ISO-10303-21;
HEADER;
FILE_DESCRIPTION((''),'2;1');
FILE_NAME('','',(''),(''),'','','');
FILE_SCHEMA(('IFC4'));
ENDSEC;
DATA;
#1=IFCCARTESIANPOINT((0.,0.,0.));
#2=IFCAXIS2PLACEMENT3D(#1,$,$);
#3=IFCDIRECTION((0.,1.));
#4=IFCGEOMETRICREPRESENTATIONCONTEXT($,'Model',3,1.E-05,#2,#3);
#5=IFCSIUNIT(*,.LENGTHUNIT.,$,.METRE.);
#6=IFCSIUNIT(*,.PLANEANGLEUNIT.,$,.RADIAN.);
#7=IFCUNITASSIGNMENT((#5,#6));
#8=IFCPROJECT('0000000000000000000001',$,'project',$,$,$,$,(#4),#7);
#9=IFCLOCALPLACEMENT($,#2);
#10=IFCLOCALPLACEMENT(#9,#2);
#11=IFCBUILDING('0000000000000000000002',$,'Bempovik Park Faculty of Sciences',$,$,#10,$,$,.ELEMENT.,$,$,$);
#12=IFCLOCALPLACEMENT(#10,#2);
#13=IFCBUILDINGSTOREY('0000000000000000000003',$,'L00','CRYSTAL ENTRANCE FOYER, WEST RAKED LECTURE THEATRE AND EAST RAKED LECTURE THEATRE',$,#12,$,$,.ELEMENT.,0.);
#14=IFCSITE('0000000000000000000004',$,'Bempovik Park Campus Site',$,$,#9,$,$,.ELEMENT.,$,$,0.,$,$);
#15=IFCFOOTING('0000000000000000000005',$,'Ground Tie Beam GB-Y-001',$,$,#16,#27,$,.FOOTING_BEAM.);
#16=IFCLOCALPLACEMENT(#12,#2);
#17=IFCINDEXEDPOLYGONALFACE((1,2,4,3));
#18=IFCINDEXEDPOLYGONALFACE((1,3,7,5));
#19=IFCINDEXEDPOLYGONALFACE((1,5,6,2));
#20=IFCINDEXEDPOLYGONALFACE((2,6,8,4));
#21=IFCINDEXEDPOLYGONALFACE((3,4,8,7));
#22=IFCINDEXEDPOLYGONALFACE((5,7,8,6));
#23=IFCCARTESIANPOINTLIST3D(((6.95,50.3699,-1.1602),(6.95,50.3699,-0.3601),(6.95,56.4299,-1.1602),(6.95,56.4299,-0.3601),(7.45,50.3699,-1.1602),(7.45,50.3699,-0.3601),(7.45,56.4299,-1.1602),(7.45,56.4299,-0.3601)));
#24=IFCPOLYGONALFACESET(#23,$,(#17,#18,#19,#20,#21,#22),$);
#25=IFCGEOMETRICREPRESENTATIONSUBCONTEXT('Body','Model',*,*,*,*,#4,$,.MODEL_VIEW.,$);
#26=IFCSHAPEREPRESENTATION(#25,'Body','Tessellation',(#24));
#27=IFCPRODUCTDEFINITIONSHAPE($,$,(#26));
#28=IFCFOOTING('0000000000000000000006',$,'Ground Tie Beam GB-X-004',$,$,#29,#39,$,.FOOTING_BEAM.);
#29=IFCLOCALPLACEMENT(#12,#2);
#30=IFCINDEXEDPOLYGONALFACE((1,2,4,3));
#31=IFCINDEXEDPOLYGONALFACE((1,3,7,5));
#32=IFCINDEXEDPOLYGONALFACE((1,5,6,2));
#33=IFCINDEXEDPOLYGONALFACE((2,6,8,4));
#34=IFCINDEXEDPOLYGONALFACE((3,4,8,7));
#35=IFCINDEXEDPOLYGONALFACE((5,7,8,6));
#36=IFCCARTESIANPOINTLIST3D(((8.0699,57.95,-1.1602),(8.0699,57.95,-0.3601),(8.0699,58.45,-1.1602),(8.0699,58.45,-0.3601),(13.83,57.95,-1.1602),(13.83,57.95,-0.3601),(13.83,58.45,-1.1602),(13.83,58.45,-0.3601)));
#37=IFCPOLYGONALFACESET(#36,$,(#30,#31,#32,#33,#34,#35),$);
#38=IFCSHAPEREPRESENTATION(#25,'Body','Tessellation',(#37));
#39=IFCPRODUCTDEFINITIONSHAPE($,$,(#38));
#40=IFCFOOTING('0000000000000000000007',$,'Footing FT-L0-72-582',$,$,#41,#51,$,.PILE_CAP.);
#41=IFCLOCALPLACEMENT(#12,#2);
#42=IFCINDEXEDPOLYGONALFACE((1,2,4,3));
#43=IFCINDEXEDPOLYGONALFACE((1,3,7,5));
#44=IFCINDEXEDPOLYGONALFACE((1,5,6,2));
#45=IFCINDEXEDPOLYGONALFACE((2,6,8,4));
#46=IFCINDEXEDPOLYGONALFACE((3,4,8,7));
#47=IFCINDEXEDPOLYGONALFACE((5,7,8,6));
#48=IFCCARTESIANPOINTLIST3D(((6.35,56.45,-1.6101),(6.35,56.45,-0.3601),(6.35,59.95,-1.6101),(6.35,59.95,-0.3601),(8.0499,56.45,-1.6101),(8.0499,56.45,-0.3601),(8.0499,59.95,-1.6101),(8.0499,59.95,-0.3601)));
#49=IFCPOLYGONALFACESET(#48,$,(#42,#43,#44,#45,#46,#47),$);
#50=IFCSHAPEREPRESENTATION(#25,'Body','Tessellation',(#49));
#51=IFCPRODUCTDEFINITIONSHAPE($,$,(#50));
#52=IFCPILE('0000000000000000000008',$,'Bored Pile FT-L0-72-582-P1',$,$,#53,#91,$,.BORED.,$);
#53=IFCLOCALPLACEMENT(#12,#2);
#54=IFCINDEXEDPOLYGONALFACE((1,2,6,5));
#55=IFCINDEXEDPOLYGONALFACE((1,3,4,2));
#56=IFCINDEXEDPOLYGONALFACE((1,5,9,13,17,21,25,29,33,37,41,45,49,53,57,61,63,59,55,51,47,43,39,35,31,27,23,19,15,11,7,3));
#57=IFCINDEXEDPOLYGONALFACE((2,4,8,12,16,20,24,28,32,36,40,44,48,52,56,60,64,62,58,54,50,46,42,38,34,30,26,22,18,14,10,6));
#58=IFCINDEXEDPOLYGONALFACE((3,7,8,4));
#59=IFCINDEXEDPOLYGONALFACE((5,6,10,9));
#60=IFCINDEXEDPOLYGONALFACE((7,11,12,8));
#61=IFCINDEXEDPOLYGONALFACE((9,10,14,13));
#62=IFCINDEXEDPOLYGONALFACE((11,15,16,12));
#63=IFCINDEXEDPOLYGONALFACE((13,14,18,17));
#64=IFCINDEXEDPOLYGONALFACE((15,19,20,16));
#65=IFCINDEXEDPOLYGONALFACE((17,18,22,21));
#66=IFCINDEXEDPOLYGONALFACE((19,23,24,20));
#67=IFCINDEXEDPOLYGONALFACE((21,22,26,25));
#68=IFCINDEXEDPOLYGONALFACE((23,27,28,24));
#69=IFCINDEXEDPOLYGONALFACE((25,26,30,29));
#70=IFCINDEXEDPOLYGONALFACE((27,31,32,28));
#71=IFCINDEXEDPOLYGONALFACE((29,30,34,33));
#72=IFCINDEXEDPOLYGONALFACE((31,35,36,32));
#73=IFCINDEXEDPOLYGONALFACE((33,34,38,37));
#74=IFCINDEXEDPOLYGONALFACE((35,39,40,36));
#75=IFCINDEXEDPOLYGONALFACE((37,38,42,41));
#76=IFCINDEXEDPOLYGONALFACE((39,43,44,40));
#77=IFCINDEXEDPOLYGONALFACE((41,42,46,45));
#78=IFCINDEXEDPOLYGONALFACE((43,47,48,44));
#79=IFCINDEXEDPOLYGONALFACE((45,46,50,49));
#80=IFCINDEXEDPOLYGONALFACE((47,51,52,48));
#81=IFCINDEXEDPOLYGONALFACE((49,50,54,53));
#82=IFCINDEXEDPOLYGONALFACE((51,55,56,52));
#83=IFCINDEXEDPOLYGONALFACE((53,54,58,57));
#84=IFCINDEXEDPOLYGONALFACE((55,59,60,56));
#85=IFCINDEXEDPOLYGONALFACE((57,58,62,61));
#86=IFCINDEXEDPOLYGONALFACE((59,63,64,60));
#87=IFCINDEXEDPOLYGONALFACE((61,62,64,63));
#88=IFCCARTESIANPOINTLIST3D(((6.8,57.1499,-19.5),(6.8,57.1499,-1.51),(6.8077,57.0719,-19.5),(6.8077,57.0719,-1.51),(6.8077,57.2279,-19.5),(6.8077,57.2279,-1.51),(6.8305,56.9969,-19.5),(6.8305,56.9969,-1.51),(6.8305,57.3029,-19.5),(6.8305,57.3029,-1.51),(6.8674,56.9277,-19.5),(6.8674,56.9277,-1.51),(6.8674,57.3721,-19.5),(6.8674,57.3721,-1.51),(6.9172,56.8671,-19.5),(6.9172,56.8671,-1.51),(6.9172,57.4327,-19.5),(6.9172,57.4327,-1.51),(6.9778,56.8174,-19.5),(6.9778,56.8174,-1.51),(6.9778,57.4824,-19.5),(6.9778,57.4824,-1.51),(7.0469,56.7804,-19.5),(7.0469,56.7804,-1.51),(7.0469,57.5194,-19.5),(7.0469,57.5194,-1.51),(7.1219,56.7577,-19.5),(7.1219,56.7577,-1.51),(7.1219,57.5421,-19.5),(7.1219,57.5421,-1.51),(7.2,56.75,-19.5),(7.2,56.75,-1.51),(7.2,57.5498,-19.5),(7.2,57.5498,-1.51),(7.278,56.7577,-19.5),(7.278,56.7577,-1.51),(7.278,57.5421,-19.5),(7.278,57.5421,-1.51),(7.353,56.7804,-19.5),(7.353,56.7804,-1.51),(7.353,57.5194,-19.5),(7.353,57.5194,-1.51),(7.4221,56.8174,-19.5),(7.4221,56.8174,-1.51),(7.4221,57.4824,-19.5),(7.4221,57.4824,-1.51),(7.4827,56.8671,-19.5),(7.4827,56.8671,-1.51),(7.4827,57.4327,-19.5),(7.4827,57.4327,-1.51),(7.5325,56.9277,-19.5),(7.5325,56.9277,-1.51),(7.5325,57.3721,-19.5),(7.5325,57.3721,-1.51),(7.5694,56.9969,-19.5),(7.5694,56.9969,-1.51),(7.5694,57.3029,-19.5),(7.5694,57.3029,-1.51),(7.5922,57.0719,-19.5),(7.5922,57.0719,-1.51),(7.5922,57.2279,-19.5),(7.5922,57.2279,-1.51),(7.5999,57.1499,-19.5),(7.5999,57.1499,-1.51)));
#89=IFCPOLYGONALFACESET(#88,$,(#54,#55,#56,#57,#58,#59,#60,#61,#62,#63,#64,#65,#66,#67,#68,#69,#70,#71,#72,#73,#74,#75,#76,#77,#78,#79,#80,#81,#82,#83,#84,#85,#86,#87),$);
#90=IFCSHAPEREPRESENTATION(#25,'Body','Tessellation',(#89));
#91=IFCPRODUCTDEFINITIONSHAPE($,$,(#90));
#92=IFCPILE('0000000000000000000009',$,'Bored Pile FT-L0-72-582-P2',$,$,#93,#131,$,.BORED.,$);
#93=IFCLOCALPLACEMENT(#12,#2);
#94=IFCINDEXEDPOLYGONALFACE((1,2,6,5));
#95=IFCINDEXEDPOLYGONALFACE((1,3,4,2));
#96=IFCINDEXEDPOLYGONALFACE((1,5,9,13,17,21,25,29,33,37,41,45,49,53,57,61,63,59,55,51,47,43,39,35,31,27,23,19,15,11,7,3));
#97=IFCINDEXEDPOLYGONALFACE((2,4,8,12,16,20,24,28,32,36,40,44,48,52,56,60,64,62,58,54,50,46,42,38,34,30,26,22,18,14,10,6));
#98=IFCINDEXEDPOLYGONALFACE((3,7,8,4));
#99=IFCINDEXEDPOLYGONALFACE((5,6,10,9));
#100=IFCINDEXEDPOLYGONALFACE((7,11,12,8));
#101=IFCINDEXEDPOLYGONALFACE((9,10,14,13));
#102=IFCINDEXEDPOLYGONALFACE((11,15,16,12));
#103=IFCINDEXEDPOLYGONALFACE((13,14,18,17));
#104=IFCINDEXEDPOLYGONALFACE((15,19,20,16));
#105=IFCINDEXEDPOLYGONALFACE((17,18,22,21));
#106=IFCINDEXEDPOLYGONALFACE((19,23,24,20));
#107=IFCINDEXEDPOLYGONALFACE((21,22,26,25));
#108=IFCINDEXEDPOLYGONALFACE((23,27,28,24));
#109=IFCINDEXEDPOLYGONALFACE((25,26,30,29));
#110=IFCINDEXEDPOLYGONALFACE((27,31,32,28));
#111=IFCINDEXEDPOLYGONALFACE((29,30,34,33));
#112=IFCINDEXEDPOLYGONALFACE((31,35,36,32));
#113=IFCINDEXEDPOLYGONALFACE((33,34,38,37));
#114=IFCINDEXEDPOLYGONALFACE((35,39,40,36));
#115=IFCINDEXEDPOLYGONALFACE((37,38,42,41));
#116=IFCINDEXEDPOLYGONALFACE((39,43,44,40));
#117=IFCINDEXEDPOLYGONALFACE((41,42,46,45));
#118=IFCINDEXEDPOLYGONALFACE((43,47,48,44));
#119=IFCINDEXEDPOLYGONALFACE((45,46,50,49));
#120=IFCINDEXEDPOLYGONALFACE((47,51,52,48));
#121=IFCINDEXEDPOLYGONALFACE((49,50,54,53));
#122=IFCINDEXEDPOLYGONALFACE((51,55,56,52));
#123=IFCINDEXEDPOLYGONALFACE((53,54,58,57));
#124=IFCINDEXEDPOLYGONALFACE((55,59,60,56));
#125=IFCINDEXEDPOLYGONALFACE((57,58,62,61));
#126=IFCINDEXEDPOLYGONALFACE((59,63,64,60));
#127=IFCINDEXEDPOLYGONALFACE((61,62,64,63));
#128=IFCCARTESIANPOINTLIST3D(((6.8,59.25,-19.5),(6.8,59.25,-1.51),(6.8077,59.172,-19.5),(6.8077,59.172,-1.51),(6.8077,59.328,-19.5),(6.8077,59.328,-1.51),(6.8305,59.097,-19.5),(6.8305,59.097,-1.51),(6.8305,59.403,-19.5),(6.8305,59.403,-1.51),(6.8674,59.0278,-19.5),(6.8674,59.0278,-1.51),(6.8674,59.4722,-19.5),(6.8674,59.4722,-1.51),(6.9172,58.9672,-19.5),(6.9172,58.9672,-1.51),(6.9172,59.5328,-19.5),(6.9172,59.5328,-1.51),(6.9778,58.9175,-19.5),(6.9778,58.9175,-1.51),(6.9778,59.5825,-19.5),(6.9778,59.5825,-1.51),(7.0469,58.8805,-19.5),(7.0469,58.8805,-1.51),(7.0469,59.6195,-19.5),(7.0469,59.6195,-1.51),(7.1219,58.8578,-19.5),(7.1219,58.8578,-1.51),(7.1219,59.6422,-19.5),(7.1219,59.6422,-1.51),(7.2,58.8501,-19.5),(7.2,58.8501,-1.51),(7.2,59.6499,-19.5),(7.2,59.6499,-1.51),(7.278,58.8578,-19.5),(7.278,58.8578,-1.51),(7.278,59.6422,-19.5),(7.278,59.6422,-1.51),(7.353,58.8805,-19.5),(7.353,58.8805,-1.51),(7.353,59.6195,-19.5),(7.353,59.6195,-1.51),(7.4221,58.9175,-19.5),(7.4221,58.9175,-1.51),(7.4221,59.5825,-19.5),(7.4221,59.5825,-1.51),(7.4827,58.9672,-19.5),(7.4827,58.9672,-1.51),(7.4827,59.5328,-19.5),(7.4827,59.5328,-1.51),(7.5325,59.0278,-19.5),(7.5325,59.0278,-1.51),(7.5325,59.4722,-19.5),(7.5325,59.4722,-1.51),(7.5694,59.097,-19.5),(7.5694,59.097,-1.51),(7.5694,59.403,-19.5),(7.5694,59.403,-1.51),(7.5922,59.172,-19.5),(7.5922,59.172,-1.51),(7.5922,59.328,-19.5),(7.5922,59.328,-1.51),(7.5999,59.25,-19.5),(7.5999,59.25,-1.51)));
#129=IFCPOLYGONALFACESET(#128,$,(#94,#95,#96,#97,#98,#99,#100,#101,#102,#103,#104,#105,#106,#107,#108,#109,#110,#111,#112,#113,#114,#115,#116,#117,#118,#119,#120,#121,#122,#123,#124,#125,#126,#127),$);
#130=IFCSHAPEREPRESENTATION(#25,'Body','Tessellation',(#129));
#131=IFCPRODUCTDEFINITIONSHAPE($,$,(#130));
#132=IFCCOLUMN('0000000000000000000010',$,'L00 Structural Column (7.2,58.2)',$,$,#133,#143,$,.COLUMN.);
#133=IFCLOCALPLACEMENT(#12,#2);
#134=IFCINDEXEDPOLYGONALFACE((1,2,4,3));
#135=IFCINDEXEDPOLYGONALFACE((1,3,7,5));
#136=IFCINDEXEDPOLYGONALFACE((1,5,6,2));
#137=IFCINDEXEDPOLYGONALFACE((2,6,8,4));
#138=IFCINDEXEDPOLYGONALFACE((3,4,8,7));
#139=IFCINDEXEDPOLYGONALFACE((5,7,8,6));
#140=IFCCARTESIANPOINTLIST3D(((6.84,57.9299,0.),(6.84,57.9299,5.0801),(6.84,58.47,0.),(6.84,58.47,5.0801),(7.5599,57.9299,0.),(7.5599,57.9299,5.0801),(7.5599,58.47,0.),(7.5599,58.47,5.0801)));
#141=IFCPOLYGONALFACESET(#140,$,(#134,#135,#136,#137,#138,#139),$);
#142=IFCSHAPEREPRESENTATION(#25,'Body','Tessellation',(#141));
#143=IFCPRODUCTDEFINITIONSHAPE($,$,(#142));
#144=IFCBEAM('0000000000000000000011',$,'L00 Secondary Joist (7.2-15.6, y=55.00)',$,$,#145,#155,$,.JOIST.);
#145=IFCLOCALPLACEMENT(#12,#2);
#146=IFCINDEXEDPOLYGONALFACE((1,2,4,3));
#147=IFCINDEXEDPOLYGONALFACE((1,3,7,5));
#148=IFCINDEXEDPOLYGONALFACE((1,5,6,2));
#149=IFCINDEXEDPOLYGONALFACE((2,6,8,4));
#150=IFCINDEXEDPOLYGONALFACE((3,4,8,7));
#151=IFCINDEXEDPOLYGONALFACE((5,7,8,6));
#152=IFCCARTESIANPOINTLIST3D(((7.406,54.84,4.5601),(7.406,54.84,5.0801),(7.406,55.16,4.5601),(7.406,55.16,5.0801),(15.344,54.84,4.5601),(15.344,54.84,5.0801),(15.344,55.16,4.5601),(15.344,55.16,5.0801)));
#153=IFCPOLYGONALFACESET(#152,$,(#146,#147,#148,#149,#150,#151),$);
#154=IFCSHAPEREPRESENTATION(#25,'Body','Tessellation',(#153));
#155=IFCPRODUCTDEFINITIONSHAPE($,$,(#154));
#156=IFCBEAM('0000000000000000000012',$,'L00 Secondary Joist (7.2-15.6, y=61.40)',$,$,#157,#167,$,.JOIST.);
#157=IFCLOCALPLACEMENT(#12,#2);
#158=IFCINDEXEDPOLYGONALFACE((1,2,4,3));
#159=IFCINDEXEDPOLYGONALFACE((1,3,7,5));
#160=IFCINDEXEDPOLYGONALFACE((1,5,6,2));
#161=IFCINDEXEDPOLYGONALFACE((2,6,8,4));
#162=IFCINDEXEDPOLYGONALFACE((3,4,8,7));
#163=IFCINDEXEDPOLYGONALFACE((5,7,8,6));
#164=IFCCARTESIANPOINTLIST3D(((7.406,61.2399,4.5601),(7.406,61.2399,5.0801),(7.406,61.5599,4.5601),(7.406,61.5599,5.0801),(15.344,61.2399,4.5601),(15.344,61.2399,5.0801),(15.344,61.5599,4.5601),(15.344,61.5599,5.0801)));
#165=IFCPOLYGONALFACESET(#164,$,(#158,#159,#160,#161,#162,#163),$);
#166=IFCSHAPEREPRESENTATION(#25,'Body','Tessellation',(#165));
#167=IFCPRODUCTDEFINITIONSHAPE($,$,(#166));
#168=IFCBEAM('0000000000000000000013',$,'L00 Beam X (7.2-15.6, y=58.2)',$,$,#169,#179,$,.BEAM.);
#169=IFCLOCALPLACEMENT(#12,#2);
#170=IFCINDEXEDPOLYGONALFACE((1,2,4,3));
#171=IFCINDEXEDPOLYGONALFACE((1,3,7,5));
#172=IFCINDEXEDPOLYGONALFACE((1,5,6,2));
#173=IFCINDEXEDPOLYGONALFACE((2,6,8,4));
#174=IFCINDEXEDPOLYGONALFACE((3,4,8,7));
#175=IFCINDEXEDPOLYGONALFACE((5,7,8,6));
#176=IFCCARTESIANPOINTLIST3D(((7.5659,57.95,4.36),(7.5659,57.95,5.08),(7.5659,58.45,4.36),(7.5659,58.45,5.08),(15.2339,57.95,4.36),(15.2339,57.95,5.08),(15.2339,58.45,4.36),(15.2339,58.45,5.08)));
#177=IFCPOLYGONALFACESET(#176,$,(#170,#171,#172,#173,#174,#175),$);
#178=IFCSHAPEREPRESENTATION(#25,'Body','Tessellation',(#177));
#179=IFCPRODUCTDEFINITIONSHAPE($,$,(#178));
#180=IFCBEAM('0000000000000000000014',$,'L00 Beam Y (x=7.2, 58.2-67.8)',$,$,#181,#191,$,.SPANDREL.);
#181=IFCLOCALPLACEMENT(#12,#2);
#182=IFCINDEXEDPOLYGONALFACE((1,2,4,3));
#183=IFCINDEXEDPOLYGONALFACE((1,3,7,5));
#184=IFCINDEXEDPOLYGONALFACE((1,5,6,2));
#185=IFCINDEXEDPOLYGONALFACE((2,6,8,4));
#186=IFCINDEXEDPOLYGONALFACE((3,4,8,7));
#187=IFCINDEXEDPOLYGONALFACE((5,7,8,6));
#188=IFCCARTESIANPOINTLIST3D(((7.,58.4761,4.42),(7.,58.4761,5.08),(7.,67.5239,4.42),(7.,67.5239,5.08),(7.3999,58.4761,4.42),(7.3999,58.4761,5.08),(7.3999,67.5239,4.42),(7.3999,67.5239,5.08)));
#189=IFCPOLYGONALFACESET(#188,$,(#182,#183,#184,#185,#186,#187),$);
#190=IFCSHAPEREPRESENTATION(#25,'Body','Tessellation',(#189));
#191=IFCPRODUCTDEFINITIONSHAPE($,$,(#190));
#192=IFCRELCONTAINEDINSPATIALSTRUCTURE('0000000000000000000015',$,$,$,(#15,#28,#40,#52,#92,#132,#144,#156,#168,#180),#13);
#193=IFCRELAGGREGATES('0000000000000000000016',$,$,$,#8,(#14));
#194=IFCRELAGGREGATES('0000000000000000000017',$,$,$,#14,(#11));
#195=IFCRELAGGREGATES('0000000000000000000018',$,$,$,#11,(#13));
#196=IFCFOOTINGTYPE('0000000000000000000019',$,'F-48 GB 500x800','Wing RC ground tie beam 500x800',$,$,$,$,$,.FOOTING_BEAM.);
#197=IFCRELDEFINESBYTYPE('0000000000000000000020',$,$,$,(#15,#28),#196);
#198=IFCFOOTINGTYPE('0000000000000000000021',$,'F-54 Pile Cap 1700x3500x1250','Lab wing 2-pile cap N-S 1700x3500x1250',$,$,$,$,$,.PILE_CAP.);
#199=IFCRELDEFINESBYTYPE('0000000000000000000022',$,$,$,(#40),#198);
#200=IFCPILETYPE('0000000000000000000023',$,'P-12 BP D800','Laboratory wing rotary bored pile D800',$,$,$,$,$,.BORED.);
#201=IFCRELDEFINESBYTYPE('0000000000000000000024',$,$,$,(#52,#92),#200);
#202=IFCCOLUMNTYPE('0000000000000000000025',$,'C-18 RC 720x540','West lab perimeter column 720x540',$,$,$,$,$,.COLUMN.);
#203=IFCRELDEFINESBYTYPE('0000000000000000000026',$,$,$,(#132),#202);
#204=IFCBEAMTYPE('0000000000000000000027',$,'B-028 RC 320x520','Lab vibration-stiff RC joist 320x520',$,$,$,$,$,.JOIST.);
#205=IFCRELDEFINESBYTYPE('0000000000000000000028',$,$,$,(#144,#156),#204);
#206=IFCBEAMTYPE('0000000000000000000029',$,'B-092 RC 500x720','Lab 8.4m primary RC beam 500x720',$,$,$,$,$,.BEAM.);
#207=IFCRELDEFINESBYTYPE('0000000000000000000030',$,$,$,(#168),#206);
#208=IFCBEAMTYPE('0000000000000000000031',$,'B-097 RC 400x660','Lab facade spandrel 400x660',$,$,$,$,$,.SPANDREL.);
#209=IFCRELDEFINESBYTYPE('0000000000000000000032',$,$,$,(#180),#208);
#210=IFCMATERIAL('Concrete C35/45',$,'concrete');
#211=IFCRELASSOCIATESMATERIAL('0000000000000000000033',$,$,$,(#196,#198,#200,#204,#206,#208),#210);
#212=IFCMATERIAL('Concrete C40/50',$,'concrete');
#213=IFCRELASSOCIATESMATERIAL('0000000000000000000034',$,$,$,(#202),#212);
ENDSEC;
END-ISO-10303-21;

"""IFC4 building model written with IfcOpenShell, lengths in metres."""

from ifc_helpers import new_model, si_unit, direction, frame, origin, origin_2d, place, context, subcontext, project, spatial, rectangle, circle, extrude, material, material_profile, profile_set, type_object, element, save


model = new_model("IFC4")

# Units and contexts
model_context = context("Model", 3, precision=1e-05, world=origin(), true_north=direction((0.0, 1.0)))
body_context = subcontext(model_context, "Body", "Model", "MODEL_VIEW")
ifc_project = project(units=[si_unit("LENGTHUNIT", "METRE"), si_unit("PLANEANGLEUNIT", "RADIAN")], contexts=[model_context])

# Site, building, storey
site_placement = place(None, origin())
site = spatial("IfcSite", under=ifc_project, at=site_placement, Name="Bempovik Park Campus Site", CompositionType="ELEMENT", RefElevation=0.0)
building_placement = place(site_placement, origin())
building = spatial("IfcBuilding", under=site, at=building_placement, Name="Bempovik Park Faculty of Sciences", CompositionType="ELEMENT")
storey_placement = place(building_placement, origin())
storey = spatial("IfcBuildingStorey", under=building, at=storey_placement, Name="L00", Description="CRYSTAL ENTRANCE FOYER, WEST RAKED LECTURE THEATRE AND EAST RAKED LECTURE THEATRE", CompositionType="ELEMENT", Elevation=0.0)

# Footings
ifc_material_1 = material(Name="Concrete C35/45", Category="concrete")
footing_type_1 = type_object("IfcFootingType", Name="F-48 GB 500x800", Description="Wing RC ground tie beam 500x800", PredefinedType="FOOTING_BEAM", material=ifc_material_1)
footing_1_placement = place(storey_placement, frame((7.2, 53.3999, -1.1602), z_axis=(0.0, 0.0, 1.0), x_axis=(1.0, 0.0, 0.0)))
element("IfcFooting", 1, at=footing_1_placement, inside=storey, type_object=footing_type_1, Name="Ground Tie Beam GB-Y-001", PredefinedType="FOOTING_BEAM", context=body_context, shape_type="SweptSolid", body=[
    extrude(rectangle(XDim=0.5, YDim=6.0601, at=origin_2d()), origin(), (0.0, 0.0, 1.0), 0.8),
])
footing_2_placement = place(storey_placement, frame((10.95, 58.2, -1.1602), z_axis=(0.0, 0.0, 1.0), x_axis=(1.0, 0.0, 0.0)))
element("IfcFooting", 2, at=footing_2_placement, inside=storey, type_object=footing_type_1, Name="Ground Tie Beam GB-X-004", PredefinedType="FOOTING_BEAM", context=body_context, shape_type="SweptSolid", body=[
    extrude(rectangle(XDim=5.76, YDim=0.5, at=origin_2d()), origin(), (0.0, 0.0, 1.0), 0.8),
])
footing_type_2 = type_object("IfcFootingType", Name="F-54 Pile Cap 1700x3500x1250", Description="Lab wing 2-pile cap N-S 1700x3500x1250", PredefinedType="PILE_CAP", material=ifc_material_1)
footing_3_placement = place(storey_placement, frame((7.2, 58.2, -1.6101), z_axis=(0.0, 0.0, 1.0), x_axis=(1.0, 0.0, 0.0)))
element("IfcFooting", 3, at=footing_3_placement, inside=storey, type_object=footing_type_2, Name="Footing FT-L0-72-582", PredefinedType="PILE_CAP", context=body_context, shape_type="SweptSolid", body=[
    extrude(rectangle(XDim=1.7, YDim=3.5, at=origin_2d()), origin(), (0.0, 0.0, 1.0), 1.25),
])

# Piles
ifc_material_profile_1 = material_profile(ifc_material_1, circle(Radius=0.3999, at=origin_2d()), Name="BP D800")
ifc_profile_set_1 = profile_set([ifc_material_profile_1], Name="Concrete C35/45")
pile_type = type_object("IfcPileType", Name="P-12 BP D800", Description="Laboratory wing rotary bored pile D800", PredefinedType="BORED", material=ifc_profile_set_1)
for number, where, z_axis, x_axis, name in (
    (4, (7.2, 57.1499, -1.51), (0.0, 0.0, -1.0), (1.0, 0.0, 0.0), "Bored Pile FT-L0-72-582-P1"),
    (5, (7.2, 59.25, -1.51), (0.0, 0.0, -1.0), (1.0, 0.0, 0.0), "Bored Pile FT-L0-72-582-P2"),
):
    element("IfcPile", number, at=place(storey_placement, frame(where, z_axis=z_axis, x_axis=x_axis)), inside=storey, type_object=pile_type, Name=name, PredefinedType="BORED", context=body_context, shape_type="SweptSolid", body=[
        extrude(circle(Radius=0.3999, at=origin_2d()), origin(), (0.0, 0.0, 1.0), 17.99),
    ])

# Column
ifc_material_2 = material(Name="Concrete C40/50", Category="concrete")
ifc_material_profile_2 = material_profile(ifc_material_2, rectangle(XDim=0.72, YDim=0.54, at=origin_2d()), Name="RC 720x540")
ifc_profile_set_2 = profile_set([ifc_material_profile_2], Name="Concrete C40/50")
column_type = type_object("IfcColumnType", Name="C-18 RC 720x540", Description="West lab perimeter column 720x540", PredefinedType="COLUMN", material=ifc_profile_set_2)
column_placement = place(storey_placement, frame((7.2, 58.2, 0.0), z_axis=(0.0, 0.0, 1.0), x_axis=(1.0, 0.0, 0.0)))
element("IfcColumn", 6, at=column_placement, inside=storey, type_object=column_type, Name="L00 Structural Column (7.2,58.2)", PredefinedType="COLUMN", context=body_context, shape_type="SweptSolid", body=[
    extrude(rectangle(XDim=0.72, YDim=0.54, at=origin_2d()), origin(), (0.0, 0.0, 1.0), 5.0801),
])

# Beams
ifc_material_profile_3 = material_profile(ifc_material_1, rectangle(XDim=0.3201, YDim=0.52, at=origin_2d()), Name="RC 320x520")
ifc_profile_set_3 = profile_set([ifc_material_profile_3], Name="Concrete C35/45")
beam_type_1 = type_object("IfcBeamType", Name="B-028 RC 320x520", Description="Lab vibration-stiff RC joist 320x520", PredefinedType="JOIST", material=ifc_profile_set_3)
for number, where, z_axis, x_axis, name in (
    (7, (7.406, 55.0, 4.8201), (1.0, 0.0, 0.0), (0.0, 1.0, 0.0), "L00 Secondary Joist (7.2-15.6, y=55.00)"),
    (8, (7.406, 61.3999, 4.8201), (1.0, 0.0, 0.0), (0.0, 1.0, 0.0), "L00 Secondary Joist (7.2-15.6, y=61.40)"),
):
    element("IfcBeam", number, at=place(storey_placement, frame(where, z_axis=z_axis, x_axis=x_axis)), inside=storey, type_object=beam_type_1, Name=name, PredefinedType="JOIST", context=body_context, shape_type="SweptSolid", body=[
        extrude(rectangle(XDim=0.3201, YDim=0.52, at=origin_2d()), origin(), (0.0, 0.0, 1.0), 7.938),
    ])
ifc_material_profile_4 = material_profile(ifc_material_1, rectangle(XDim=0.5, YDim=0.72, at=origin_2d()), Name="RC 500x720")
ifc_profile_set_4 = profile_set([ifc_material_profile_4], Name="Concrete C35/45")
beam_type_2 = type_object("IfcBeamType", Name="B-092 RC 500x720", Description="Lab 8.4m primary RC beam 500x720", PredefinedType="BEAM", material=ifc_profile_set_4)
beam_1_placement = place(storey_placement, frame((7.5659, 58.2, 4.72), z_axis=(1.0, 0.0, 0.0), x_axis=(0.0, 1.0, 0.0)))
element("IfcBeam", 9, at=beam_1_placement, inside=storey, type_object=beam_type_2, Name="L00 Beam X (7.2-15.6, y=58.2)", PredefinedType="BEAM", context=body_context, shape_type="SweptSolid", body=[
    extrude(rectangle(XDim=0.5, YDim=0.72, at=origin_2d()), origin(), (0.0, 0.0, 1.0), 7.668),
])
ifc_material_profile_5 = material_profile(ifc_material_1, rectangle(XDim=0.3999, YDim=0.6599, at=origin_2d()), Name="RC 400x660")
ifc_profile_set_5 = profile_set([ifc_material_profile_5], Name="Concrete C35/45")
beam_type_3 = type_object("IfcBeamType", Name="B-097 RC 400x660", Description="Lab facade spandrel 400x660", PredefinedType="SPANDREL", material=ifc_profile_set_5)
beam_2_placement = place(storey_placement, frame((7.2, 58.4761, 4.75), z_axis=(0.0, 1.0, 0.0), x_axis=(-1.0, 0.0, 0.0)))
element("IfcBeam", 10, at=beam_2_placement, inside=storey, type_object=beam_type_3, Name="L00 Beam Y (x=7.2, 58.2-67.8)", PredefinedType="SPANDREL", context=body_context, shape_type="SweptSolid", body=[
    extrude(rectangle(XDim=0.3999, YDim=0.6599, at=origin_2d()), origin(), (0.0, 0.0, 1.0), 9.0479),
])

save(model, "model.ifc")
